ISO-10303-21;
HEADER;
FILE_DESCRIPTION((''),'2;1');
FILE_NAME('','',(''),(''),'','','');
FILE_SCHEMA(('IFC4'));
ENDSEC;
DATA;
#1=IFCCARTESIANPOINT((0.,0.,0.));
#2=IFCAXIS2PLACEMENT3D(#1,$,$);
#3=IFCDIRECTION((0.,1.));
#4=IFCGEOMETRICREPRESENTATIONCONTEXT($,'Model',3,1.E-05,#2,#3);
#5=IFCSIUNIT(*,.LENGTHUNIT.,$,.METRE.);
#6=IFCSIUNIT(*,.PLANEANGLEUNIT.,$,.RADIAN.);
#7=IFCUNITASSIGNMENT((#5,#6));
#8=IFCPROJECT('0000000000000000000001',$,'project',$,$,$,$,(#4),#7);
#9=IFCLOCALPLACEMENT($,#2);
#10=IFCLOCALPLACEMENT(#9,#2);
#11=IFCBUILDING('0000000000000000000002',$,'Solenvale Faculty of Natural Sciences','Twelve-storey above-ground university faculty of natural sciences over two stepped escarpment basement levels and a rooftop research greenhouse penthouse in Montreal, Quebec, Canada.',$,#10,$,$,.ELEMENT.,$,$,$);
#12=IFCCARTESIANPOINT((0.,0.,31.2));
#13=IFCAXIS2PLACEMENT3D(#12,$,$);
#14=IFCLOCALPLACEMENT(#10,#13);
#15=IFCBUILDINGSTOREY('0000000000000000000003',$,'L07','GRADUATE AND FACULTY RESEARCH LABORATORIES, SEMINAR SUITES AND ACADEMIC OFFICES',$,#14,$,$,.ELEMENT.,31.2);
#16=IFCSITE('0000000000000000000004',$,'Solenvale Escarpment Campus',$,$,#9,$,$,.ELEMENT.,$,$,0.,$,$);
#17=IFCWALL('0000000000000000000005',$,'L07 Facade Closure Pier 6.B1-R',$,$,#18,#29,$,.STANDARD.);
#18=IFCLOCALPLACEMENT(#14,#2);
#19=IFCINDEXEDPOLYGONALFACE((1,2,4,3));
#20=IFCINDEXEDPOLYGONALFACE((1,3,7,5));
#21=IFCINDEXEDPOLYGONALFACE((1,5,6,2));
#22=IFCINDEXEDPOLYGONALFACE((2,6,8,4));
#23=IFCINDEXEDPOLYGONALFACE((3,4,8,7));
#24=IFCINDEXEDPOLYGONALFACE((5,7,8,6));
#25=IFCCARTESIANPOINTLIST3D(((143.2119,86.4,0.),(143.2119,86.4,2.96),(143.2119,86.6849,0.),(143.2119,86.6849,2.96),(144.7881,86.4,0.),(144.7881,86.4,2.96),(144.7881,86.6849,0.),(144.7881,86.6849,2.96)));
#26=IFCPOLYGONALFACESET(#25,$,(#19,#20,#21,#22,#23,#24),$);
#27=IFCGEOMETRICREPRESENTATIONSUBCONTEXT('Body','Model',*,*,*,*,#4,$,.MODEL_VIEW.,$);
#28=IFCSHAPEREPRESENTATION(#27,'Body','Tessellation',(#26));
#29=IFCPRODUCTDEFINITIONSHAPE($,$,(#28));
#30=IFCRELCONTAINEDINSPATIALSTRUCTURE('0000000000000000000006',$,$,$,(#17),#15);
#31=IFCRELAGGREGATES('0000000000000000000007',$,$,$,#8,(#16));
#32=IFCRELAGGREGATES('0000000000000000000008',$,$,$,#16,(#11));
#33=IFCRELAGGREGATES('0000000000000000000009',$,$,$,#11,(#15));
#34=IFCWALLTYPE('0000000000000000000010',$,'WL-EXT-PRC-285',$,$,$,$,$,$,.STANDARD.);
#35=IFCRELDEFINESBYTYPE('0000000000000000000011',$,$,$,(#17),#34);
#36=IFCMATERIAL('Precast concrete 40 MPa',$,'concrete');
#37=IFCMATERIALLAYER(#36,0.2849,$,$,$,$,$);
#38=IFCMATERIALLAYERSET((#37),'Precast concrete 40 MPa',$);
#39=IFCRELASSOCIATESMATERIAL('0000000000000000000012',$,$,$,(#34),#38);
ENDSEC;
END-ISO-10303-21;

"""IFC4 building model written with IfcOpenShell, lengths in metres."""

from ifc_helpers import new_model, si_unit, direction, frame, frame_2d, origin, place, context, subcontext, project, spatial, rectangle, extrude, material, layer, layer_set, type_object, element, save


model = new_model("IFC4")

# Units and contexts
model_context = context("Model", 3, precision=1e-05, world=origin(), true_north=direction((0.0, 1.0)))
body_context = subcontext(model_context, "Body", "Model", "MODEL_VIEW")
ifc_project = project(units=[si_unit("LENGTHUNIT", "METRE"), si_unit("PLANEANGLEUNIT", "RADIAN")], contexts=[model_context])

# Site, building, storey
site_placement = place(None, origin())
site = spatial("IfcSite", under=ifc_project, at=site_placement, Name="Solenvale Escarpment Campus", CompositionType="ELEMENT", RefElevation=0.0)
building_placement = place(site_placement, origin())
building = spatial("IfcBuilding", under=site, at=building_placement, Name="Solenvale Faculty of Natural Sciences", Description="Twelve-storey above-ground university faculty of natural sciences over two stepped escarpment basement levels and a rooftop research greenhouse penthouse in Montreal, Quebec, Canada.", CompositionType="ELEMENT")
storey_placement = place(building_placement, frame((0.0, 0.0, 31.2)))
storey = spatial("IfcBuildingStorey", under=building, at=storey_placement, Name="L07", Description="GRADUATE AND FACULTY RESEARCH LABORATORIES, SEMINAR SUITES AND ACADEMIC OFFICES", CompositionType="ELEMENT", Elevation=31.2)

# Wall
ifc_material_1 = material(Name="Precast concrete 40 MPa", Category="concrete")
ifc_layer_1 = layer(ifc_material_1, 0.2849)
ifc_layer_set_1 = layer_set([ifc_layer_1], Name="Precast concrete 40 MPa")
wall_type = type_object("IfcWallType", Name="WL-EXT-PRC-285", PredefinedType="STANDARD", material=ifc_layer_set_1)
wall_placement = place(storey_placement, frame((143.2119, 86.5425, 0.0), z_axis=(0.0, 0.0, 1.0), x_axis=(1.0, 0.0, 0.0)))
element("IfcWall", 1, at=wall_placement, inside=storey, type_object=wall_type, Name="L07 Facade Closure Pier 6.B1-R", PredefinedType="STANDARD", context=body_context, shape_type="SweptSolid", body=[
    extrude(rectangle(XDim=1.5762, YDim=0.2849, at=frame_2d((0.7881, 0.0))), origin(), (0.0, 0.0, 1.0), 2.96),
])

save(model, "model.ifc")
